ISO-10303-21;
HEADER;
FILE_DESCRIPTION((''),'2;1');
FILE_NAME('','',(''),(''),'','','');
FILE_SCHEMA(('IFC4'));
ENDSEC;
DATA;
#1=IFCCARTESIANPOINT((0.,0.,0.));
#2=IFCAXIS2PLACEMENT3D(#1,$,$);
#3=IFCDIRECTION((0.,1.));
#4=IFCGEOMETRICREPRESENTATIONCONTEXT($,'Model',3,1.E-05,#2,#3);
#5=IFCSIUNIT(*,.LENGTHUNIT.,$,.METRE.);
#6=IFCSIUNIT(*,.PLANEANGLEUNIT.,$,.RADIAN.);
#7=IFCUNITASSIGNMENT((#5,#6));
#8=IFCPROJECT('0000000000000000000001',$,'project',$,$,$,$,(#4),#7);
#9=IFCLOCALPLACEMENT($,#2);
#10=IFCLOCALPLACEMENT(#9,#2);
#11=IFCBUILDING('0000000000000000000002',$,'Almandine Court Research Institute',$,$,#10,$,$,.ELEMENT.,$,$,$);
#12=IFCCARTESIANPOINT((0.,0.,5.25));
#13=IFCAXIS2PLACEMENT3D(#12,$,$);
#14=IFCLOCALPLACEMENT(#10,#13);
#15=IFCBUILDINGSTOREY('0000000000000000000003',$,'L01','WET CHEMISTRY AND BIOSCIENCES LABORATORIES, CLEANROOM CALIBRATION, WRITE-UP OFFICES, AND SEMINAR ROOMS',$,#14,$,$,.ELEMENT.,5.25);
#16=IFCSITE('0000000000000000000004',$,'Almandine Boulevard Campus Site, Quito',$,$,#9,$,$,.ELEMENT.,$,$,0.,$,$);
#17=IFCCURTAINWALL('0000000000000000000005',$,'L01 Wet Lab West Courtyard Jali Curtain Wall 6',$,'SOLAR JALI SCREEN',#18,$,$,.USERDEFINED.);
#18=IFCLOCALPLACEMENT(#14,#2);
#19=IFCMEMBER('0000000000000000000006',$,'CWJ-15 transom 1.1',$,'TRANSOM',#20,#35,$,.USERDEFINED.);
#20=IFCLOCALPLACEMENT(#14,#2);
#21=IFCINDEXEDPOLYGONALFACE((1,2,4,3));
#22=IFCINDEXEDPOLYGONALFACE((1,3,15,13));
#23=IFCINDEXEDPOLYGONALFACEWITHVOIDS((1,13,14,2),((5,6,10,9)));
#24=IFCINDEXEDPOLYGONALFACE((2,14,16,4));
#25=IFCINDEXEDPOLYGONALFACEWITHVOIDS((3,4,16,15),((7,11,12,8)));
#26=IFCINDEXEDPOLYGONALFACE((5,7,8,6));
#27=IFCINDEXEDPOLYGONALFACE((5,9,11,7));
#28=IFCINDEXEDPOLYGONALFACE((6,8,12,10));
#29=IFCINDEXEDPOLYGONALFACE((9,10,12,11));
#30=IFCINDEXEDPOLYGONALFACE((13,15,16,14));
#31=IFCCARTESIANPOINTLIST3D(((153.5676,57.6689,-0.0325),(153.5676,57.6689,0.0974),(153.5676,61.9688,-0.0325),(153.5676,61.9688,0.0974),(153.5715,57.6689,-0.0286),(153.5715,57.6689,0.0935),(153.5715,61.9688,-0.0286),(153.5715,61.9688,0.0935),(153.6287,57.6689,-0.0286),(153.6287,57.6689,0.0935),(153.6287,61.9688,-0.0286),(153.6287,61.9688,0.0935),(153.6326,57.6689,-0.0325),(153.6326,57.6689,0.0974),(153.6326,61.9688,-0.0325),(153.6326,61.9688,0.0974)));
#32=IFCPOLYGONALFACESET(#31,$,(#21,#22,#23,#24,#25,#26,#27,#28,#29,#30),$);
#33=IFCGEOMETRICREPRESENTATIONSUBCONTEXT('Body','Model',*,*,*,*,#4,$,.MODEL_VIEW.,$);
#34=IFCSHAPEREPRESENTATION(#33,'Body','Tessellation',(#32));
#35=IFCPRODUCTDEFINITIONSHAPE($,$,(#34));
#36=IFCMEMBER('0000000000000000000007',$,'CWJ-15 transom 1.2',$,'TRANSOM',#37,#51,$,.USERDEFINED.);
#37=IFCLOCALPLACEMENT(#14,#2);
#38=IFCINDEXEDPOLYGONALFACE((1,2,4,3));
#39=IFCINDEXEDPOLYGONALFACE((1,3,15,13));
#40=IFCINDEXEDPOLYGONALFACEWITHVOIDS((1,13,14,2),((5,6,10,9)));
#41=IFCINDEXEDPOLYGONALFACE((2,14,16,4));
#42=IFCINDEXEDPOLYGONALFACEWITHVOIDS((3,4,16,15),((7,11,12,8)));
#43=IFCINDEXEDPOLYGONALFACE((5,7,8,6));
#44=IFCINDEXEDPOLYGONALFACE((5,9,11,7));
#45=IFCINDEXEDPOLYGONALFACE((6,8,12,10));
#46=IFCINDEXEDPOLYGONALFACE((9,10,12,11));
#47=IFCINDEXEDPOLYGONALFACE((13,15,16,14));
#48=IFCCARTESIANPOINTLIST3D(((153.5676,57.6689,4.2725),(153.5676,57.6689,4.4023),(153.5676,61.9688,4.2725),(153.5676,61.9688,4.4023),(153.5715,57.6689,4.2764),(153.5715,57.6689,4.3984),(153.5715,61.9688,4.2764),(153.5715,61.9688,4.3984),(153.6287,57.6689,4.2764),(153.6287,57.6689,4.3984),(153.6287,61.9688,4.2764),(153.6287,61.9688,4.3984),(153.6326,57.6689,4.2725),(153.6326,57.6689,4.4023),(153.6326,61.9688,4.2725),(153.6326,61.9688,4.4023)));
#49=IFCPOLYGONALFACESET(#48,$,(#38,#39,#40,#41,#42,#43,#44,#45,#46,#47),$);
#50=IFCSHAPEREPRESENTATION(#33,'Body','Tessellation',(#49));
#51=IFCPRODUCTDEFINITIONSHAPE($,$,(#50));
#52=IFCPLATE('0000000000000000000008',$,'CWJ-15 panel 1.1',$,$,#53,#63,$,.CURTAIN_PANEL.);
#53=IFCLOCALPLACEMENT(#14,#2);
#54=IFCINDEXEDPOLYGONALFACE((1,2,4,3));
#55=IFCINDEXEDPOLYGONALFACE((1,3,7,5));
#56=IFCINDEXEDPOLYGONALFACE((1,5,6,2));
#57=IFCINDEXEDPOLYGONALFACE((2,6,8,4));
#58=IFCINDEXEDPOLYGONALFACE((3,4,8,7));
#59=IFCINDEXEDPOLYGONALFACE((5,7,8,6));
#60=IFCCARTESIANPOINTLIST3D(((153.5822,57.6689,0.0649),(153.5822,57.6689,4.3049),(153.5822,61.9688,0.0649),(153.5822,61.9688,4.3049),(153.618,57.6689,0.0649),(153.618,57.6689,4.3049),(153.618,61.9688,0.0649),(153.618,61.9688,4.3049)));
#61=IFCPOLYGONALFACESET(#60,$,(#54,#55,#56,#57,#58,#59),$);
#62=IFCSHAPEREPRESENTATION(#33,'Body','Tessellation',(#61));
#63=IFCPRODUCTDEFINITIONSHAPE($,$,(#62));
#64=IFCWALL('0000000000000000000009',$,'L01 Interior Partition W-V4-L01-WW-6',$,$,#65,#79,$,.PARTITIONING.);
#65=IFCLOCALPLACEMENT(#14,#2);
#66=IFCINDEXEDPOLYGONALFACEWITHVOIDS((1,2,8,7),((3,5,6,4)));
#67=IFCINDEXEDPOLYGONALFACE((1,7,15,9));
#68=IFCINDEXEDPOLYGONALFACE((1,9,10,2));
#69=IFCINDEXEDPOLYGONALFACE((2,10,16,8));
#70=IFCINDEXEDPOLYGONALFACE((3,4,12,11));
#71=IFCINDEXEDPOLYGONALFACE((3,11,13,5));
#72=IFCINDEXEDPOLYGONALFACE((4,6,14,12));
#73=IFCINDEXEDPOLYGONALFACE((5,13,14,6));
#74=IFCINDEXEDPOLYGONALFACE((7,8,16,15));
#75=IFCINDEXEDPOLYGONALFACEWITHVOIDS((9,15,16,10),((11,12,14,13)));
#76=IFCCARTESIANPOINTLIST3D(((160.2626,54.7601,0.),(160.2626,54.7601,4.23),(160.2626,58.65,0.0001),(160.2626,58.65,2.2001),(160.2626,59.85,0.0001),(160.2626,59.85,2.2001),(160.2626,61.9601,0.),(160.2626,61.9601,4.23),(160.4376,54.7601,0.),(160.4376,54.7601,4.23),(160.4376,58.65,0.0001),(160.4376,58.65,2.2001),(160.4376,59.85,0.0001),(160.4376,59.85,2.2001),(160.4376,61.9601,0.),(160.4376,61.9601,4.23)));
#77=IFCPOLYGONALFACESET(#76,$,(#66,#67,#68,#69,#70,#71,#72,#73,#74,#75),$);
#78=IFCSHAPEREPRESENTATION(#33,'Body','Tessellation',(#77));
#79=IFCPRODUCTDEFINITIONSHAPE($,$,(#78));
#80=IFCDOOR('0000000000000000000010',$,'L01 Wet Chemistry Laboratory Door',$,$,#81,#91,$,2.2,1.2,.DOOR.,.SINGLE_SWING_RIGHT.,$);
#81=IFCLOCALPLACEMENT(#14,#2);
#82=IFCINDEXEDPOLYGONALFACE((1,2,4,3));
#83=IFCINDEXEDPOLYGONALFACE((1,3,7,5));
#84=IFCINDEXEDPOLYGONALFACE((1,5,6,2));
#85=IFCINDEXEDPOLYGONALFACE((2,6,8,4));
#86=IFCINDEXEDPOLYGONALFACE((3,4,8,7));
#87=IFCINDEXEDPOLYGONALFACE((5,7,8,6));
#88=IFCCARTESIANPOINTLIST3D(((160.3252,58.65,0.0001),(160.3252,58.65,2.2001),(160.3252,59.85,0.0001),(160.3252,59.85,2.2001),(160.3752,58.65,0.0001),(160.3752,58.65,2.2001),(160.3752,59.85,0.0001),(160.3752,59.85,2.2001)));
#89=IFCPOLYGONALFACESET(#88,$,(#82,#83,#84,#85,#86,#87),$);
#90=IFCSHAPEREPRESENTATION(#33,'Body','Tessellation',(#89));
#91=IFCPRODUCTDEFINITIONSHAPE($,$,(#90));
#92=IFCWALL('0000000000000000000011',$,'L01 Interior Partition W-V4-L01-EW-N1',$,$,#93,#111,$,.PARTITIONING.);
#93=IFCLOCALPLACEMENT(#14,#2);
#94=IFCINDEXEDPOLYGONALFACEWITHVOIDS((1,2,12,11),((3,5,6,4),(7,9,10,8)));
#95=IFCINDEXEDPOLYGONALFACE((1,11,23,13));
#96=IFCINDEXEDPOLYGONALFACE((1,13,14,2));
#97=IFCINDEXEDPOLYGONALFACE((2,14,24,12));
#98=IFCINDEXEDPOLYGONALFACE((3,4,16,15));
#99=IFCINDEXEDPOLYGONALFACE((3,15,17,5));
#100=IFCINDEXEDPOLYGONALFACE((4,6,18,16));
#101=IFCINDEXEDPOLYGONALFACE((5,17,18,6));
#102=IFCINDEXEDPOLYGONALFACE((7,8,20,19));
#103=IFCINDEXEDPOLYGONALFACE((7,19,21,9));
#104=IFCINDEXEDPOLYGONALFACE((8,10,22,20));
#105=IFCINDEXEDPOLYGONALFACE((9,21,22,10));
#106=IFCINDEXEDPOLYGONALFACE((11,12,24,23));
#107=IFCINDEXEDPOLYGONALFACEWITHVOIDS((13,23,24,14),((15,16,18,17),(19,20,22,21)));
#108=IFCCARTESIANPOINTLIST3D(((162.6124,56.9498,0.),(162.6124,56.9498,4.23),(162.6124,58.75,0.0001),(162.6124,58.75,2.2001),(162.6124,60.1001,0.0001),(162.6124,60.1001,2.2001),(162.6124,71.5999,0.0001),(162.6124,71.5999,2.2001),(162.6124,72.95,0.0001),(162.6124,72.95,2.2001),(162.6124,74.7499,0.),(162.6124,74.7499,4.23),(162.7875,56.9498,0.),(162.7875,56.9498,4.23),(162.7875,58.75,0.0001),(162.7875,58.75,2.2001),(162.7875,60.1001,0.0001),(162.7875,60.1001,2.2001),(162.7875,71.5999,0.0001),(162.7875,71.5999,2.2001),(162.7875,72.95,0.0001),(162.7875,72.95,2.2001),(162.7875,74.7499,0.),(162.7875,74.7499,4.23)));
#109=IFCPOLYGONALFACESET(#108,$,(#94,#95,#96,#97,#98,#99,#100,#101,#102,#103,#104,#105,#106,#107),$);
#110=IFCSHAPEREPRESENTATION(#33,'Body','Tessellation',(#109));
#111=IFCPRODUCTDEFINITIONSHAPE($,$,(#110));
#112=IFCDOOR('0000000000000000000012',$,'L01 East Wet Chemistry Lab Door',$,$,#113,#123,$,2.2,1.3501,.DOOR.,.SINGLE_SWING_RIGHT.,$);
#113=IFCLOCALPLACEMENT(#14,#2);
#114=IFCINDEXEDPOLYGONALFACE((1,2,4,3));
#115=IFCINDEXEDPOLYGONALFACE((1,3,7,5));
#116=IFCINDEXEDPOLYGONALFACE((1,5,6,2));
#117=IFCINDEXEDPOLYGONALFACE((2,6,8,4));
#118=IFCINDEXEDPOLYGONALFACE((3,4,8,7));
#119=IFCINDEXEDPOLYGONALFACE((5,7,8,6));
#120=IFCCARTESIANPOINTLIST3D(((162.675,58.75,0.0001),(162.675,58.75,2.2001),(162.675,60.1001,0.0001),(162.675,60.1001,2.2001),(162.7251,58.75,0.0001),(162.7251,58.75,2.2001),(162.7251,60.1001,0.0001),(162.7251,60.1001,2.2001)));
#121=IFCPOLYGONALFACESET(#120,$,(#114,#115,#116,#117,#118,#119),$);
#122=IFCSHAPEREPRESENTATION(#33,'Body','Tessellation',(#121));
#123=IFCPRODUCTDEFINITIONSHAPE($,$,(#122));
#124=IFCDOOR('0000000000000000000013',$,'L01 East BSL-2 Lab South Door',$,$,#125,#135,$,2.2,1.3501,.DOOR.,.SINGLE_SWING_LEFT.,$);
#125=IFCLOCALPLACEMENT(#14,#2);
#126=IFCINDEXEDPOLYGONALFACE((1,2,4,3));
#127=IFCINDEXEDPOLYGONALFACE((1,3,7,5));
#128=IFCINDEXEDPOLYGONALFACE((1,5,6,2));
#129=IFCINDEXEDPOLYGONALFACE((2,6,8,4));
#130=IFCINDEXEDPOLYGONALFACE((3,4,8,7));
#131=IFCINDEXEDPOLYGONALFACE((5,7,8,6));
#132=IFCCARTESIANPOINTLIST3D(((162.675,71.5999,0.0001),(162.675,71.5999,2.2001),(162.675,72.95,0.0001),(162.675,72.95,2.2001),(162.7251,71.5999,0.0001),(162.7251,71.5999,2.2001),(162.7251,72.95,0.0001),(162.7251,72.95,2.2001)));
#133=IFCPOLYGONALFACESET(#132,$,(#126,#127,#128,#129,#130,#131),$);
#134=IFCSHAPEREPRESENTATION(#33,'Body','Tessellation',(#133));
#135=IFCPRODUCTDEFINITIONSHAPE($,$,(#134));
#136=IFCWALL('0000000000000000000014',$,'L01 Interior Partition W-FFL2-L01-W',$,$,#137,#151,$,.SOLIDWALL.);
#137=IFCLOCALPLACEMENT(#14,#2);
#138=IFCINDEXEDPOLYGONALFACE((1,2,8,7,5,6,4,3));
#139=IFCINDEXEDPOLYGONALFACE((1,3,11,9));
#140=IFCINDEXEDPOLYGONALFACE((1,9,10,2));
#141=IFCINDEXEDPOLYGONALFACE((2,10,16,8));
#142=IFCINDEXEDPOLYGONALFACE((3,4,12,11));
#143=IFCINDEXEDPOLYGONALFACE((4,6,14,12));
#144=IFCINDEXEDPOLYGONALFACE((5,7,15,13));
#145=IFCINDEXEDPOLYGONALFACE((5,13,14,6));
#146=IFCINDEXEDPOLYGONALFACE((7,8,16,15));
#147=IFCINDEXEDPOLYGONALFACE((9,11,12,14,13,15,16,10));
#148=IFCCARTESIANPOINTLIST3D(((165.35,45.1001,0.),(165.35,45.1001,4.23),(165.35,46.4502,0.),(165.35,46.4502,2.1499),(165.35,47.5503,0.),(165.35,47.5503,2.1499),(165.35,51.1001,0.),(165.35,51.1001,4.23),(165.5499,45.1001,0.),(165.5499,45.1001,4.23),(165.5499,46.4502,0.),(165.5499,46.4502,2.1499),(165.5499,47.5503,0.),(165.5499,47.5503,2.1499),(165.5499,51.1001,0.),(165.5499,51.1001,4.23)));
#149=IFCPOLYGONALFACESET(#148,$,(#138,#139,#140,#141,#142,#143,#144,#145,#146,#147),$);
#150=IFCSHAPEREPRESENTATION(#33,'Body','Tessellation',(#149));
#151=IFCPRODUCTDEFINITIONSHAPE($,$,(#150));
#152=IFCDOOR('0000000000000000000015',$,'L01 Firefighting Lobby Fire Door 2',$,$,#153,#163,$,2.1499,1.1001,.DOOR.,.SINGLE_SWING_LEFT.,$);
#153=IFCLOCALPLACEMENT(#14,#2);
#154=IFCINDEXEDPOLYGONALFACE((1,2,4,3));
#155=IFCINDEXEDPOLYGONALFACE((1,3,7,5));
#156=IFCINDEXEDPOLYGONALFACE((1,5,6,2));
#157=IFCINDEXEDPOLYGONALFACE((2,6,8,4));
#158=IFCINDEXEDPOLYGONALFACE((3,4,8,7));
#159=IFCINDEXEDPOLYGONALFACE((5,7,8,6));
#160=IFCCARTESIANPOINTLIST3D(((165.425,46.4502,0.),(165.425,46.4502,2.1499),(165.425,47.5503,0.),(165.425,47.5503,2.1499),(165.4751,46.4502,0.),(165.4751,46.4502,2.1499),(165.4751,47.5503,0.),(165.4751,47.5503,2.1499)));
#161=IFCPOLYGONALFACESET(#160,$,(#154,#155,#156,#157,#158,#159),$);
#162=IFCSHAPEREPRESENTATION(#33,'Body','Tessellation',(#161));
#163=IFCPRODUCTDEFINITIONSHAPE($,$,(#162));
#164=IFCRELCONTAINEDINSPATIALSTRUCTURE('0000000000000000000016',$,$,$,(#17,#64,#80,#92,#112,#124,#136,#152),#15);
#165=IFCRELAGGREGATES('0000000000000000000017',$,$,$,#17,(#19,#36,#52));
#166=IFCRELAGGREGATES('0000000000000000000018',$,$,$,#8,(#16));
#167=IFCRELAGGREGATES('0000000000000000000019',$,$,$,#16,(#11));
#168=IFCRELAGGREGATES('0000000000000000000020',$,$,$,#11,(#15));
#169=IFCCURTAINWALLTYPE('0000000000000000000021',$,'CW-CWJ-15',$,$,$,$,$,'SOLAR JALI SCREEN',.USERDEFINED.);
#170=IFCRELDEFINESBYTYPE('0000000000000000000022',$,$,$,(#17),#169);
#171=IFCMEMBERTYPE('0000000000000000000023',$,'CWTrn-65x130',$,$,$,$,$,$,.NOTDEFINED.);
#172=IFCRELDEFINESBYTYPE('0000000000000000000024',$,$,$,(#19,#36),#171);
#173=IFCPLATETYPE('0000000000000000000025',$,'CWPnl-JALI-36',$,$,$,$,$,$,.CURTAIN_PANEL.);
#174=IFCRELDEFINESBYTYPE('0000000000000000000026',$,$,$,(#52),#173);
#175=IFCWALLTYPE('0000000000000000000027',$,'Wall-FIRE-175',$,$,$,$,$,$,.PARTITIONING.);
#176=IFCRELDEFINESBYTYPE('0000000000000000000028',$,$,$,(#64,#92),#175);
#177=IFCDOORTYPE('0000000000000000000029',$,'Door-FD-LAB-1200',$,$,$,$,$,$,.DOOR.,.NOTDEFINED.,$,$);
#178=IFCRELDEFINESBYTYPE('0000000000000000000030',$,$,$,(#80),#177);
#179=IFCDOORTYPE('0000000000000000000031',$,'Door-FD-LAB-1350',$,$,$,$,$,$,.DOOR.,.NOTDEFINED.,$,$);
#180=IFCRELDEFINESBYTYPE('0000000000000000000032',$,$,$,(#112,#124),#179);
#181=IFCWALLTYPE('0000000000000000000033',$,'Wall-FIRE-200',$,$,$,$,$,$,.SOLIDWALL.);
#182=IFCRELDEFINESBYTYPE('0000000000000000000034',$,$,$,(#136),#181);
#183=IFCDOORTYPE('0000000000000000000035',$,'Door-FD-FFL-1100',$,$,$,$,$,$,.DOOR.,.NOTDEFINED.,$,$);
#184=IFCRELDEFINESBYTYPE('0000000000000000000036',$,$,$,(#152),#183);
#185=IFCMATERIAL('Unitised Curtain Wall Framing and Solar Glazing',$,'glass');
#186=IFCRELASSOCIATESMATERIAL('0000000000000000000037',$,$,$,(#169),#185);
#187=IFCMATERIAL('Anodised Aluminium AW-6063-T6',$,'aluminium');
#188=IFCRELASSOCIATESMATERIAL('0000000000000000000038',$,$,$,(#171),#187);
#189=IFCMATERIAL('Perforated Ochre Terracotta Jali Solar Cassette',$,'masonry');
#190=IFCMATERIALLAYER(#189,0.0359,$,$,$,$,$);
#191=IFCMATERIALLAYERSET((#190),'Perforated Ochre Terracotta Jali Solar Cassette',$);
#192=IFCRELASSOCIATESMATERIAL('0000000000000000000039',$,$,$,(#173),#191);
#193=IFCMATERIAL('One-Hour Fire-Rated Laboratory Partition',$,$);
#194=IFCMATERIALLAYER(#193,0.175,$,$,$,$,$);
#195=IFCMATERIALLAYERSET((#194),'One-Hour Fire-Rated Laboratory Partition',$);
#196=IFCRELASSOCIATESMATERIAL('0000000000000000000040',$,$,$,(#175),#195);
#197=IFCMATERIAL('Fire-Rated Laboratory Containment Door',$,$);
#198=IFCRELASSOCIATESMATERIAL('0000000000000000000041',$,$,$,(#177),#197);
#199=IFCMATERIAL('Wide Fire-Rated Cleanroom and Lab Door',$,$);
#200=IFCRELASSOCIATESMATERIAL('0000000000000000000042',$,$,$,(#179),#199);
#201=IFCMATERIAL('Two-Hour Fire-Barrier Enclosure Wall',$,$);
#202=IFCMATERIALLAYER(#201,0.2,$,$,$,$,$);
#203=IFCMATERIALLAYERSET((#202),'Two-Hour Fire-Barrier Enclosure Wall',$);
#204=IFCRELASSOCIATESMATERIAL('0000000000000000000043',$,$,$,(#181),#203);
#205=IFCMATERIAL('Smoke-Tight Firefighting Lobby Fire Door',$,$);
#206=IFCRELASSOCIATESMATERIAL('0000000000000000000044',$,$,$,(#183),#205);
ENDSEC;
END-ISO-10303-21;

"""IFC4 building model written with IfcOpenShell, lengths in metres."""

from ifc_helpers import new_model, si_unit, direction, frame, frame_2d, origin, origin_2d, place, context, subcontext, project, spatial, rectangle, hollow_rectangle, extrude, material, layer, layer_set, material_profile, profile_set, type_object, element, fill, aggregate, save


model = new_model("IFC4")

# Units and contexts
model_context = context("Model", 3, precision=1e-05, world=origin(), true_north=direction((0.0, 1.0)))
body_context = subcontext(model_context, "Body", "Model", "MODEL_VIEW")
ifc_project = project(units=[si_unit("LENGTHUNIT", "METRE"), si_unit("PLANEANGLEUNIT", "RADIAN")], contexts=[model_context])

# Site, building, storey
site_placement = place(None, origin())
site = spatial("IfcSite", under=ifc_project, at=site_placement, Name="Almandine Boulevard Campus Site, Quito", CompositionType="ELEMENT", RefElevation=0.0)
building_placement = place(site_placement, origin())
building = spatial("IfcBuilding", under=site, at=building_placement, Name="Almandine Court Research Institute", CompositionType="ELEMENT")
storey_placement = place(building_placement, frame((0.0, 0.0, 5.25)))
storey = spatial("IfcBuildingStorey", under=building, at=storey_placement, Name="L01", Description="WET CHEMISTRY AND BIOSCIENCES LABORATORIES, CLEANROOM CALIBRATION, WRITE-UP OFFICES, AND SEMINAR ROOMS", CompositionType="ELEMENT", Elevation=5.25)

# Curtain wall, members, plate
ifc_material_1 = material(Name="Unitised Curtain Wall Framing and Solar Glazing", Category="glass")
curtain_wall_type = type_object("IfcCurtainWallType", Name="CW-CWJ-15", ElementType="SOLAR JALI SCREEN", PredefinedType="USERDEFINED", material=ifc_material_1)
curtain_wall_placement = place(storey_placement, origin())
curtain_wall = element("IfcCurtainWall", 1, at=curtain_wall_placement, inside=storey, type_object=curtain_wall_type, Name="L01 Wet Lab West Courtyard Jali Curtain Wall 6", ObjectType="SOLAR JALI SCREEN", PredefinedType="USERDEFINED")
ifc_material_2 = material(Name="Anodised Aluminium AW-6063-T6", Category="aluminium")
ifc_material_profile_1 = material_profile(ifc_material_2, hollow_rectangle(XDim=0.0649, YDim=0.1299, WallThickness=0.0039, at=origin_2d()), Name="ALU RHS 65x130x4")
ifc_profile_set_1 = profile_set([ifc_material_profile_1], Name="Anodised Aluminium AW-6063-T6")
member_type_1 = type_object("IfcMemberType", Name="CWTrn-65x130", PredefinedType="NOTDEFINED", material=ifc_profile_set_1)
member_1_placement = place(storey_placement, frame((153.6001, 57.6689, 0.0325), z_axis=(0.0, 1.0, 0.0), x_axis=(-1.0, 0.0, 0.0)))
member_1 = element("IfcMember", 2, at=member_1_placement, type_object=member_type_1, Name="CWJ-15 transom 1.1", ObjectType="TRANSOM", PredefinedType="USERDEFINED", context=body_context, shape_type="SweptSolid", body=[
    extrude(hollow_rectangle(XDim=0.0649, YDim=0.1299, WallThickness=0.0039, at=origin_2d()), origin(), (0.0, 0.0, 1.0), 4.2998),
])
member_2_placement = place(storey_placement, frame((153.6001, 57.6689, 4.3374), z_axis=(0.0, 1.0, 0.0), x_axis=(-1.0, 0.0, 0.0)))
member_2 = element("IfcMember", 3, at=member_2_placement, type_object=member_type_1, Name="CWJ-15 transom 1.2", ObjectType="TRANSOM", PredefinedType="USERDEFINED", context=body_context, shape_type="SweptSolid", body=[
    extrude(hollow_rectangle(XDim=0.0649, YDim=0.1299, WallThickness=0.0039, at=origin_2d()), origin(), (0.0, 0.0, 1.0), 4.2998),
])
ifc_material_3 = material(Name="Perforated Ochre Terracotta Jali Solar Cassette", Category="masonry")
ifc_layer_1 = layer(ifc_material_3, 0.0359)
ifc_layer_set_1 = layer_set([ifc_layer_1], Name="Perforated Ochre Terracotta Jali Solar Cassette")
plate_type = type_object("IfcPlateType", Name="CWPnl-JALI-36", PredefinedType="CURTAIN_PANEL", material=ifc_layer_set_1)
plate_placement = place(storey_placement, frame((153.6001, 59.8188, 0.0649), z_axis=(0.0, 0.0, 1.0), x_axis=(0.0, 1.0, 0.0)))
plate = element("IfcPlate", 4, at=plate_placement, type_object=plate_type, Name="CWJ-15 panel 1.1", PredefinedType="CURTAIN_PANEL", context=body_context, shape_type="SweptSolid", body=[
    extrude(rectangle(XDim=4.2998, YDim=0.0359, at=origin_2d()), origin(), (0.0, 0.0, 1.0), 4.24),
])
aggregate(curtain_wall, [member_1, member_2, plate])

# Wall, opening, door
ifc_material_4 = material(Name="One-Hour Fire-Rated Laboratory Partition")
ifc_layer_2 = layer(ifc_material_4, 0.175)
ifc_layer_set_2 = layer_set([ifc_layer_2], Name="One-Hour Fire-Rated Laboratory Partition")
wall_type_1 = type_object("IfcWallType", Name="Wall-FIRE-175", PredefinedType="PARTITIONING", material=ifc_layer_set_2)
wall_1_placement = place(storey_placement, frame((160.3501, 54.76, 0.0), z_axis=(0.0, 0.0, 1.0), x_axis=(0.0, 1.0, 0.0)))
wall_1 = element("IfcWall", 5, at=wall_1_placement, inside=storey, type_object=wall_type_1, Name="L01 Interior Partition W-V4-L01-WW-6", PredefinedType="PARTITIONING", context=body_context, shape_type="SweptSolid", body=[
    extrude(rectangle(XDim=7.2, YDim=0.175, at=frame_2d((3.6001, 0.0))), origin(), (0.0, 0.0, 1.0), 4.23),
])
opening_1_placement = place(wall_1_placement, frame((3.8899, 0.0, 0.0)))
opening_1 = element("IfcOpeningElement", 6, at=opening_1_placement, cuts=wall_1, PredefinedType="OPENING", context=body_context, shape_type="SweptSolid", body=[
    extrude(rectangle(XDim=1.2, YDim=2.2, at=frame_2d((0.6001, 1.1001))), frame((0.0, 0.0974, 0.0), z_axis=(0.0, -1.0, 0.0), x_axis=(1.0, 0.0, 0.0)), (0.0, 0.0, 1.0), 0.1951),
])
ifc_material_5 = material(Name="Fire-Rated Laboratory Containment Door")
door_type_1 = type_object("IfcDoorType", Name="Door-FD-LAB-1200", OperationType="NOTDEFINED", PredefinedType="DOOR", material=ifc_material_5)
door_1_placement = place(opening_1_placement, origin())
door_1 = element("IfcDoor", 7, at=door_1_placement, inside=storey, type_object=door_type_1, Name="L01 Wet Chemistry Laboratory Door", OperationType="SINGLE_SWING_RIGHT", OverallHeight=2.2, OverallWidth=1.2, PredefinedType="DOOR", context=body_context, shape_type="SweptSolid", body=[
    extrude(rectangle(XDim=1.2, YDim=2.2, at=frame_2d((0.6001, 1.1001))), frame((0.0, 0.0249, 0.0), z_axis=(0.0, -1.0, 0.0), x_axis=(1.0, 0.0, 0.0)), (0.0, 0.0, 1.0), 0.05),
])
fill(opening_1, door_1)

# Wall, openings, doors
wall_2_placement = place(storey_placement, frame((162.7, 56.95, 0.0), z_axis=(0.0, 0.0, 1.0), x_axis=(0.0, 1.0, 0.0)))
wall_2 = element("IfcWall", 8, at=wall_2_placement, inside=storey, type_object=wall_type_1, Name="L01 Interior Partition W-V4-L01-EW-N1", PredefinedType="PARTITIONING", context=body_context, shape_type="SweptSolid", body=[
    extrude(rectangle(XDim=17.8, YDim=0.175, at=frame_2d((8.8999, 0.0))), origin(), (0.0, 0.0, 1.0), 4.23),
])
opening_2_placement = place(wall_2_placement, frame((1.8, 0.0, 0.0)))
opening_2 = element("IfcOpeningElement", 9, at=opening_2_placement, cuts=wall_2, PredefinedType="OPENING", context=body_context, shape_type="SweptSolid", body=[
    extrude(rectangle(XDim=1.3501, YDim=2.2, at=frame_2d((0.675, 1.1001))), frame((0.0, 0.0974, 0.0), z_axis=(0.0, -1.0, 0.0), x_axis=(1.0, 0.0, 0.0)), (0.0, 0.0, 1.0), 0.1951),
])
opening_3_placement = place(wall_2_placement, frame((14.6499, 0.0, 0.0)))
opening_3 = element("IfcOpeningElement", 10, at=opening_3_placement, cuts=wall_2, PredefinedType="OPENING", context=body_context, shape_type="SweptSolid", body=[
    extrude(rectangle(XDim=1.3501, YDim=2.2, at=frame_2d((0.675, 1.1001))), frame((0.0, 0.0974, 0.0), z_axis=(0.0, -1.0, 0.0), x_axis=(1.0, 0.0, 0.0)), (0.0, 0.0, 1.0), 0.1951),
])
ifc_material_6 = material(Name="Wide Fire-Rated Cleanroom and Lab Door")
door_type_2 = type_object("IfcDoorType", Name="Door-FD-LAB-1350", OperationType="NOTDEFINED", PredefinedType="DOOR", material=ifc_material_6)
door_2_placement = place(opening_2_placement, origin())
door_2 = element("IfcDoor", 11, at=door_2_placement, inside=storey, type_object=door_type_2, Name="L01 East Wet Chemistry Lab Door", OperationType="SINGLE_SWING_RIGHT", OverallHeight=2.2, OverallWidth=1.3501, PredefinedType="DOOR", context=body_context, shape_type="SweptSolid", body=[
    extrude(rectangle(XDim=1.3501, YDim=2.2, at=frame_2d((0.675, 1.1001))), frame((0.0, 0.0249, 0.0), z_axis=(0.0, -1.0, 0.0), x_axis=(1.0, 0.0, 0.0)), (0.0, 0.0, 1.0), 0.05),
])
fill(opening_2, door_2)
door_3_placement = place(opening_3_placement, origin())
door_3 = element("IfcDoor", 12, at=door_3_placement, inside=storey, type_object=door_type_2, Name="L01 East BSL-2 Lab South Door", OperationType="SINGLE_SWING_LEFT", OverallHeight=2.2, OverallWidth=1.3501, PredefinedType="DOOR", context=body_context, shape_type="SweptSolid", body=[
    extrude(rectangle(XDim=1.3501, YDim=2.2, at=frame_2d((0.675, 1.1001))), frame((0.0, 0.0249, 0.0), z_axis=(0.0, -1.0, 0.0), x_axis=(1.0, 0.0, 0.0)), (0.0, 0.0, 1.0), 0.05),
])
fill(opening_3, door_3)

# Wall, opening, door
ifc_material_7 = material(Name="Two-Hour Fire-Barrier Enclosure Wall")
ifc_layer_3 = layer(ifc_material_7, 0.2)
ifc_layer_set_3 = layer_set([ifc_layer_3], Name="Two-Hour Fire-Barrier Enclosure Wall")
wall_type_2 = type_object("IfcWallType", Name="Wall-FIRE-200", PredefinedType="SOLIDWALL", material=ifc_layer_set_3)
wall_3_placement = place(storey_placement, frame((165.45, 45.1001, 0.0), z_axis=(0.0, 0.0, 1.0), x_axis=(0.0, 1.0, 0.0)))
wall_3 = element("IfcWall", 13, at=wall_3_placement, inside=storey, type_object=wall_type_2, Name="L01 Interior Partition W-FFL2-L01-W", PredefinedType="SOLIDWALL", context=body_context, shape_type="SweptSolid", body=[
    extrude(rectangle(XDim=6.0, YDim=0.2, at=frame_2d((3.0, 0.0))), origin(), (0.0, 0.0, 1.0), 4.23),
])
opening_4_placement = place(wall_3_placement, frame((1.3501, 0.0, 0.0)))
opening_4 = element("IfcOpeningElement", 14, at=opening_4_placement, cuts=wall_3, PredefinedType="OPENING", context=body_context, shape_type="SweptSolid", body=[
    extrude(rectangle(XDim=1.1001, YDim=2.1499, at=frame_2d((0.55, 1.075))), frame((0.0, 0.1099, 0.0), z_axis=(0.0, -1.0, 0.0), x_axis=(1.0, 0.0, 0.0)), (0.0, 0.0, 1.0), 0.22),
])
ifc_material_8 = material(Name="Smoke-Tight Firefighting Lobby Fire Door")
door_type_3 = type_object("IfcDoorType", Name="Door-FD-FFL-1100", OperationType="NOTDEFINED", PredefinedType="DOOR", material=ifc_material_8)
door_4_placement = place(opening_4_placement, origin())
door_4 = element("IfcDoor", 15, at=door_4_placement, inside=storey, type_object=door_type_3, Name="L01 Firefighting Lobby Fire Door 2", OperationType="SINGLE_SWING_LEFT", OverallHeight=2.1499, OverallWidth=1.1001, PredefinedType="DOOR", context=body_context, shape_type="SweptSolid", body=[
    extrude(rectangle(XDim=1.1001, YDim=2.1499, at=frame_2d((0.55, 1.075))), frame((0.0, 0.0249, 0.0), z_axis=(0.0, -1.0, 0.0), x_axis=(1.0, 0.0, 0.0)), (0.0, 0.0, 1.0), 0.05),
])
fill(opening_4, door_4)

save(model, "model.ifc")
